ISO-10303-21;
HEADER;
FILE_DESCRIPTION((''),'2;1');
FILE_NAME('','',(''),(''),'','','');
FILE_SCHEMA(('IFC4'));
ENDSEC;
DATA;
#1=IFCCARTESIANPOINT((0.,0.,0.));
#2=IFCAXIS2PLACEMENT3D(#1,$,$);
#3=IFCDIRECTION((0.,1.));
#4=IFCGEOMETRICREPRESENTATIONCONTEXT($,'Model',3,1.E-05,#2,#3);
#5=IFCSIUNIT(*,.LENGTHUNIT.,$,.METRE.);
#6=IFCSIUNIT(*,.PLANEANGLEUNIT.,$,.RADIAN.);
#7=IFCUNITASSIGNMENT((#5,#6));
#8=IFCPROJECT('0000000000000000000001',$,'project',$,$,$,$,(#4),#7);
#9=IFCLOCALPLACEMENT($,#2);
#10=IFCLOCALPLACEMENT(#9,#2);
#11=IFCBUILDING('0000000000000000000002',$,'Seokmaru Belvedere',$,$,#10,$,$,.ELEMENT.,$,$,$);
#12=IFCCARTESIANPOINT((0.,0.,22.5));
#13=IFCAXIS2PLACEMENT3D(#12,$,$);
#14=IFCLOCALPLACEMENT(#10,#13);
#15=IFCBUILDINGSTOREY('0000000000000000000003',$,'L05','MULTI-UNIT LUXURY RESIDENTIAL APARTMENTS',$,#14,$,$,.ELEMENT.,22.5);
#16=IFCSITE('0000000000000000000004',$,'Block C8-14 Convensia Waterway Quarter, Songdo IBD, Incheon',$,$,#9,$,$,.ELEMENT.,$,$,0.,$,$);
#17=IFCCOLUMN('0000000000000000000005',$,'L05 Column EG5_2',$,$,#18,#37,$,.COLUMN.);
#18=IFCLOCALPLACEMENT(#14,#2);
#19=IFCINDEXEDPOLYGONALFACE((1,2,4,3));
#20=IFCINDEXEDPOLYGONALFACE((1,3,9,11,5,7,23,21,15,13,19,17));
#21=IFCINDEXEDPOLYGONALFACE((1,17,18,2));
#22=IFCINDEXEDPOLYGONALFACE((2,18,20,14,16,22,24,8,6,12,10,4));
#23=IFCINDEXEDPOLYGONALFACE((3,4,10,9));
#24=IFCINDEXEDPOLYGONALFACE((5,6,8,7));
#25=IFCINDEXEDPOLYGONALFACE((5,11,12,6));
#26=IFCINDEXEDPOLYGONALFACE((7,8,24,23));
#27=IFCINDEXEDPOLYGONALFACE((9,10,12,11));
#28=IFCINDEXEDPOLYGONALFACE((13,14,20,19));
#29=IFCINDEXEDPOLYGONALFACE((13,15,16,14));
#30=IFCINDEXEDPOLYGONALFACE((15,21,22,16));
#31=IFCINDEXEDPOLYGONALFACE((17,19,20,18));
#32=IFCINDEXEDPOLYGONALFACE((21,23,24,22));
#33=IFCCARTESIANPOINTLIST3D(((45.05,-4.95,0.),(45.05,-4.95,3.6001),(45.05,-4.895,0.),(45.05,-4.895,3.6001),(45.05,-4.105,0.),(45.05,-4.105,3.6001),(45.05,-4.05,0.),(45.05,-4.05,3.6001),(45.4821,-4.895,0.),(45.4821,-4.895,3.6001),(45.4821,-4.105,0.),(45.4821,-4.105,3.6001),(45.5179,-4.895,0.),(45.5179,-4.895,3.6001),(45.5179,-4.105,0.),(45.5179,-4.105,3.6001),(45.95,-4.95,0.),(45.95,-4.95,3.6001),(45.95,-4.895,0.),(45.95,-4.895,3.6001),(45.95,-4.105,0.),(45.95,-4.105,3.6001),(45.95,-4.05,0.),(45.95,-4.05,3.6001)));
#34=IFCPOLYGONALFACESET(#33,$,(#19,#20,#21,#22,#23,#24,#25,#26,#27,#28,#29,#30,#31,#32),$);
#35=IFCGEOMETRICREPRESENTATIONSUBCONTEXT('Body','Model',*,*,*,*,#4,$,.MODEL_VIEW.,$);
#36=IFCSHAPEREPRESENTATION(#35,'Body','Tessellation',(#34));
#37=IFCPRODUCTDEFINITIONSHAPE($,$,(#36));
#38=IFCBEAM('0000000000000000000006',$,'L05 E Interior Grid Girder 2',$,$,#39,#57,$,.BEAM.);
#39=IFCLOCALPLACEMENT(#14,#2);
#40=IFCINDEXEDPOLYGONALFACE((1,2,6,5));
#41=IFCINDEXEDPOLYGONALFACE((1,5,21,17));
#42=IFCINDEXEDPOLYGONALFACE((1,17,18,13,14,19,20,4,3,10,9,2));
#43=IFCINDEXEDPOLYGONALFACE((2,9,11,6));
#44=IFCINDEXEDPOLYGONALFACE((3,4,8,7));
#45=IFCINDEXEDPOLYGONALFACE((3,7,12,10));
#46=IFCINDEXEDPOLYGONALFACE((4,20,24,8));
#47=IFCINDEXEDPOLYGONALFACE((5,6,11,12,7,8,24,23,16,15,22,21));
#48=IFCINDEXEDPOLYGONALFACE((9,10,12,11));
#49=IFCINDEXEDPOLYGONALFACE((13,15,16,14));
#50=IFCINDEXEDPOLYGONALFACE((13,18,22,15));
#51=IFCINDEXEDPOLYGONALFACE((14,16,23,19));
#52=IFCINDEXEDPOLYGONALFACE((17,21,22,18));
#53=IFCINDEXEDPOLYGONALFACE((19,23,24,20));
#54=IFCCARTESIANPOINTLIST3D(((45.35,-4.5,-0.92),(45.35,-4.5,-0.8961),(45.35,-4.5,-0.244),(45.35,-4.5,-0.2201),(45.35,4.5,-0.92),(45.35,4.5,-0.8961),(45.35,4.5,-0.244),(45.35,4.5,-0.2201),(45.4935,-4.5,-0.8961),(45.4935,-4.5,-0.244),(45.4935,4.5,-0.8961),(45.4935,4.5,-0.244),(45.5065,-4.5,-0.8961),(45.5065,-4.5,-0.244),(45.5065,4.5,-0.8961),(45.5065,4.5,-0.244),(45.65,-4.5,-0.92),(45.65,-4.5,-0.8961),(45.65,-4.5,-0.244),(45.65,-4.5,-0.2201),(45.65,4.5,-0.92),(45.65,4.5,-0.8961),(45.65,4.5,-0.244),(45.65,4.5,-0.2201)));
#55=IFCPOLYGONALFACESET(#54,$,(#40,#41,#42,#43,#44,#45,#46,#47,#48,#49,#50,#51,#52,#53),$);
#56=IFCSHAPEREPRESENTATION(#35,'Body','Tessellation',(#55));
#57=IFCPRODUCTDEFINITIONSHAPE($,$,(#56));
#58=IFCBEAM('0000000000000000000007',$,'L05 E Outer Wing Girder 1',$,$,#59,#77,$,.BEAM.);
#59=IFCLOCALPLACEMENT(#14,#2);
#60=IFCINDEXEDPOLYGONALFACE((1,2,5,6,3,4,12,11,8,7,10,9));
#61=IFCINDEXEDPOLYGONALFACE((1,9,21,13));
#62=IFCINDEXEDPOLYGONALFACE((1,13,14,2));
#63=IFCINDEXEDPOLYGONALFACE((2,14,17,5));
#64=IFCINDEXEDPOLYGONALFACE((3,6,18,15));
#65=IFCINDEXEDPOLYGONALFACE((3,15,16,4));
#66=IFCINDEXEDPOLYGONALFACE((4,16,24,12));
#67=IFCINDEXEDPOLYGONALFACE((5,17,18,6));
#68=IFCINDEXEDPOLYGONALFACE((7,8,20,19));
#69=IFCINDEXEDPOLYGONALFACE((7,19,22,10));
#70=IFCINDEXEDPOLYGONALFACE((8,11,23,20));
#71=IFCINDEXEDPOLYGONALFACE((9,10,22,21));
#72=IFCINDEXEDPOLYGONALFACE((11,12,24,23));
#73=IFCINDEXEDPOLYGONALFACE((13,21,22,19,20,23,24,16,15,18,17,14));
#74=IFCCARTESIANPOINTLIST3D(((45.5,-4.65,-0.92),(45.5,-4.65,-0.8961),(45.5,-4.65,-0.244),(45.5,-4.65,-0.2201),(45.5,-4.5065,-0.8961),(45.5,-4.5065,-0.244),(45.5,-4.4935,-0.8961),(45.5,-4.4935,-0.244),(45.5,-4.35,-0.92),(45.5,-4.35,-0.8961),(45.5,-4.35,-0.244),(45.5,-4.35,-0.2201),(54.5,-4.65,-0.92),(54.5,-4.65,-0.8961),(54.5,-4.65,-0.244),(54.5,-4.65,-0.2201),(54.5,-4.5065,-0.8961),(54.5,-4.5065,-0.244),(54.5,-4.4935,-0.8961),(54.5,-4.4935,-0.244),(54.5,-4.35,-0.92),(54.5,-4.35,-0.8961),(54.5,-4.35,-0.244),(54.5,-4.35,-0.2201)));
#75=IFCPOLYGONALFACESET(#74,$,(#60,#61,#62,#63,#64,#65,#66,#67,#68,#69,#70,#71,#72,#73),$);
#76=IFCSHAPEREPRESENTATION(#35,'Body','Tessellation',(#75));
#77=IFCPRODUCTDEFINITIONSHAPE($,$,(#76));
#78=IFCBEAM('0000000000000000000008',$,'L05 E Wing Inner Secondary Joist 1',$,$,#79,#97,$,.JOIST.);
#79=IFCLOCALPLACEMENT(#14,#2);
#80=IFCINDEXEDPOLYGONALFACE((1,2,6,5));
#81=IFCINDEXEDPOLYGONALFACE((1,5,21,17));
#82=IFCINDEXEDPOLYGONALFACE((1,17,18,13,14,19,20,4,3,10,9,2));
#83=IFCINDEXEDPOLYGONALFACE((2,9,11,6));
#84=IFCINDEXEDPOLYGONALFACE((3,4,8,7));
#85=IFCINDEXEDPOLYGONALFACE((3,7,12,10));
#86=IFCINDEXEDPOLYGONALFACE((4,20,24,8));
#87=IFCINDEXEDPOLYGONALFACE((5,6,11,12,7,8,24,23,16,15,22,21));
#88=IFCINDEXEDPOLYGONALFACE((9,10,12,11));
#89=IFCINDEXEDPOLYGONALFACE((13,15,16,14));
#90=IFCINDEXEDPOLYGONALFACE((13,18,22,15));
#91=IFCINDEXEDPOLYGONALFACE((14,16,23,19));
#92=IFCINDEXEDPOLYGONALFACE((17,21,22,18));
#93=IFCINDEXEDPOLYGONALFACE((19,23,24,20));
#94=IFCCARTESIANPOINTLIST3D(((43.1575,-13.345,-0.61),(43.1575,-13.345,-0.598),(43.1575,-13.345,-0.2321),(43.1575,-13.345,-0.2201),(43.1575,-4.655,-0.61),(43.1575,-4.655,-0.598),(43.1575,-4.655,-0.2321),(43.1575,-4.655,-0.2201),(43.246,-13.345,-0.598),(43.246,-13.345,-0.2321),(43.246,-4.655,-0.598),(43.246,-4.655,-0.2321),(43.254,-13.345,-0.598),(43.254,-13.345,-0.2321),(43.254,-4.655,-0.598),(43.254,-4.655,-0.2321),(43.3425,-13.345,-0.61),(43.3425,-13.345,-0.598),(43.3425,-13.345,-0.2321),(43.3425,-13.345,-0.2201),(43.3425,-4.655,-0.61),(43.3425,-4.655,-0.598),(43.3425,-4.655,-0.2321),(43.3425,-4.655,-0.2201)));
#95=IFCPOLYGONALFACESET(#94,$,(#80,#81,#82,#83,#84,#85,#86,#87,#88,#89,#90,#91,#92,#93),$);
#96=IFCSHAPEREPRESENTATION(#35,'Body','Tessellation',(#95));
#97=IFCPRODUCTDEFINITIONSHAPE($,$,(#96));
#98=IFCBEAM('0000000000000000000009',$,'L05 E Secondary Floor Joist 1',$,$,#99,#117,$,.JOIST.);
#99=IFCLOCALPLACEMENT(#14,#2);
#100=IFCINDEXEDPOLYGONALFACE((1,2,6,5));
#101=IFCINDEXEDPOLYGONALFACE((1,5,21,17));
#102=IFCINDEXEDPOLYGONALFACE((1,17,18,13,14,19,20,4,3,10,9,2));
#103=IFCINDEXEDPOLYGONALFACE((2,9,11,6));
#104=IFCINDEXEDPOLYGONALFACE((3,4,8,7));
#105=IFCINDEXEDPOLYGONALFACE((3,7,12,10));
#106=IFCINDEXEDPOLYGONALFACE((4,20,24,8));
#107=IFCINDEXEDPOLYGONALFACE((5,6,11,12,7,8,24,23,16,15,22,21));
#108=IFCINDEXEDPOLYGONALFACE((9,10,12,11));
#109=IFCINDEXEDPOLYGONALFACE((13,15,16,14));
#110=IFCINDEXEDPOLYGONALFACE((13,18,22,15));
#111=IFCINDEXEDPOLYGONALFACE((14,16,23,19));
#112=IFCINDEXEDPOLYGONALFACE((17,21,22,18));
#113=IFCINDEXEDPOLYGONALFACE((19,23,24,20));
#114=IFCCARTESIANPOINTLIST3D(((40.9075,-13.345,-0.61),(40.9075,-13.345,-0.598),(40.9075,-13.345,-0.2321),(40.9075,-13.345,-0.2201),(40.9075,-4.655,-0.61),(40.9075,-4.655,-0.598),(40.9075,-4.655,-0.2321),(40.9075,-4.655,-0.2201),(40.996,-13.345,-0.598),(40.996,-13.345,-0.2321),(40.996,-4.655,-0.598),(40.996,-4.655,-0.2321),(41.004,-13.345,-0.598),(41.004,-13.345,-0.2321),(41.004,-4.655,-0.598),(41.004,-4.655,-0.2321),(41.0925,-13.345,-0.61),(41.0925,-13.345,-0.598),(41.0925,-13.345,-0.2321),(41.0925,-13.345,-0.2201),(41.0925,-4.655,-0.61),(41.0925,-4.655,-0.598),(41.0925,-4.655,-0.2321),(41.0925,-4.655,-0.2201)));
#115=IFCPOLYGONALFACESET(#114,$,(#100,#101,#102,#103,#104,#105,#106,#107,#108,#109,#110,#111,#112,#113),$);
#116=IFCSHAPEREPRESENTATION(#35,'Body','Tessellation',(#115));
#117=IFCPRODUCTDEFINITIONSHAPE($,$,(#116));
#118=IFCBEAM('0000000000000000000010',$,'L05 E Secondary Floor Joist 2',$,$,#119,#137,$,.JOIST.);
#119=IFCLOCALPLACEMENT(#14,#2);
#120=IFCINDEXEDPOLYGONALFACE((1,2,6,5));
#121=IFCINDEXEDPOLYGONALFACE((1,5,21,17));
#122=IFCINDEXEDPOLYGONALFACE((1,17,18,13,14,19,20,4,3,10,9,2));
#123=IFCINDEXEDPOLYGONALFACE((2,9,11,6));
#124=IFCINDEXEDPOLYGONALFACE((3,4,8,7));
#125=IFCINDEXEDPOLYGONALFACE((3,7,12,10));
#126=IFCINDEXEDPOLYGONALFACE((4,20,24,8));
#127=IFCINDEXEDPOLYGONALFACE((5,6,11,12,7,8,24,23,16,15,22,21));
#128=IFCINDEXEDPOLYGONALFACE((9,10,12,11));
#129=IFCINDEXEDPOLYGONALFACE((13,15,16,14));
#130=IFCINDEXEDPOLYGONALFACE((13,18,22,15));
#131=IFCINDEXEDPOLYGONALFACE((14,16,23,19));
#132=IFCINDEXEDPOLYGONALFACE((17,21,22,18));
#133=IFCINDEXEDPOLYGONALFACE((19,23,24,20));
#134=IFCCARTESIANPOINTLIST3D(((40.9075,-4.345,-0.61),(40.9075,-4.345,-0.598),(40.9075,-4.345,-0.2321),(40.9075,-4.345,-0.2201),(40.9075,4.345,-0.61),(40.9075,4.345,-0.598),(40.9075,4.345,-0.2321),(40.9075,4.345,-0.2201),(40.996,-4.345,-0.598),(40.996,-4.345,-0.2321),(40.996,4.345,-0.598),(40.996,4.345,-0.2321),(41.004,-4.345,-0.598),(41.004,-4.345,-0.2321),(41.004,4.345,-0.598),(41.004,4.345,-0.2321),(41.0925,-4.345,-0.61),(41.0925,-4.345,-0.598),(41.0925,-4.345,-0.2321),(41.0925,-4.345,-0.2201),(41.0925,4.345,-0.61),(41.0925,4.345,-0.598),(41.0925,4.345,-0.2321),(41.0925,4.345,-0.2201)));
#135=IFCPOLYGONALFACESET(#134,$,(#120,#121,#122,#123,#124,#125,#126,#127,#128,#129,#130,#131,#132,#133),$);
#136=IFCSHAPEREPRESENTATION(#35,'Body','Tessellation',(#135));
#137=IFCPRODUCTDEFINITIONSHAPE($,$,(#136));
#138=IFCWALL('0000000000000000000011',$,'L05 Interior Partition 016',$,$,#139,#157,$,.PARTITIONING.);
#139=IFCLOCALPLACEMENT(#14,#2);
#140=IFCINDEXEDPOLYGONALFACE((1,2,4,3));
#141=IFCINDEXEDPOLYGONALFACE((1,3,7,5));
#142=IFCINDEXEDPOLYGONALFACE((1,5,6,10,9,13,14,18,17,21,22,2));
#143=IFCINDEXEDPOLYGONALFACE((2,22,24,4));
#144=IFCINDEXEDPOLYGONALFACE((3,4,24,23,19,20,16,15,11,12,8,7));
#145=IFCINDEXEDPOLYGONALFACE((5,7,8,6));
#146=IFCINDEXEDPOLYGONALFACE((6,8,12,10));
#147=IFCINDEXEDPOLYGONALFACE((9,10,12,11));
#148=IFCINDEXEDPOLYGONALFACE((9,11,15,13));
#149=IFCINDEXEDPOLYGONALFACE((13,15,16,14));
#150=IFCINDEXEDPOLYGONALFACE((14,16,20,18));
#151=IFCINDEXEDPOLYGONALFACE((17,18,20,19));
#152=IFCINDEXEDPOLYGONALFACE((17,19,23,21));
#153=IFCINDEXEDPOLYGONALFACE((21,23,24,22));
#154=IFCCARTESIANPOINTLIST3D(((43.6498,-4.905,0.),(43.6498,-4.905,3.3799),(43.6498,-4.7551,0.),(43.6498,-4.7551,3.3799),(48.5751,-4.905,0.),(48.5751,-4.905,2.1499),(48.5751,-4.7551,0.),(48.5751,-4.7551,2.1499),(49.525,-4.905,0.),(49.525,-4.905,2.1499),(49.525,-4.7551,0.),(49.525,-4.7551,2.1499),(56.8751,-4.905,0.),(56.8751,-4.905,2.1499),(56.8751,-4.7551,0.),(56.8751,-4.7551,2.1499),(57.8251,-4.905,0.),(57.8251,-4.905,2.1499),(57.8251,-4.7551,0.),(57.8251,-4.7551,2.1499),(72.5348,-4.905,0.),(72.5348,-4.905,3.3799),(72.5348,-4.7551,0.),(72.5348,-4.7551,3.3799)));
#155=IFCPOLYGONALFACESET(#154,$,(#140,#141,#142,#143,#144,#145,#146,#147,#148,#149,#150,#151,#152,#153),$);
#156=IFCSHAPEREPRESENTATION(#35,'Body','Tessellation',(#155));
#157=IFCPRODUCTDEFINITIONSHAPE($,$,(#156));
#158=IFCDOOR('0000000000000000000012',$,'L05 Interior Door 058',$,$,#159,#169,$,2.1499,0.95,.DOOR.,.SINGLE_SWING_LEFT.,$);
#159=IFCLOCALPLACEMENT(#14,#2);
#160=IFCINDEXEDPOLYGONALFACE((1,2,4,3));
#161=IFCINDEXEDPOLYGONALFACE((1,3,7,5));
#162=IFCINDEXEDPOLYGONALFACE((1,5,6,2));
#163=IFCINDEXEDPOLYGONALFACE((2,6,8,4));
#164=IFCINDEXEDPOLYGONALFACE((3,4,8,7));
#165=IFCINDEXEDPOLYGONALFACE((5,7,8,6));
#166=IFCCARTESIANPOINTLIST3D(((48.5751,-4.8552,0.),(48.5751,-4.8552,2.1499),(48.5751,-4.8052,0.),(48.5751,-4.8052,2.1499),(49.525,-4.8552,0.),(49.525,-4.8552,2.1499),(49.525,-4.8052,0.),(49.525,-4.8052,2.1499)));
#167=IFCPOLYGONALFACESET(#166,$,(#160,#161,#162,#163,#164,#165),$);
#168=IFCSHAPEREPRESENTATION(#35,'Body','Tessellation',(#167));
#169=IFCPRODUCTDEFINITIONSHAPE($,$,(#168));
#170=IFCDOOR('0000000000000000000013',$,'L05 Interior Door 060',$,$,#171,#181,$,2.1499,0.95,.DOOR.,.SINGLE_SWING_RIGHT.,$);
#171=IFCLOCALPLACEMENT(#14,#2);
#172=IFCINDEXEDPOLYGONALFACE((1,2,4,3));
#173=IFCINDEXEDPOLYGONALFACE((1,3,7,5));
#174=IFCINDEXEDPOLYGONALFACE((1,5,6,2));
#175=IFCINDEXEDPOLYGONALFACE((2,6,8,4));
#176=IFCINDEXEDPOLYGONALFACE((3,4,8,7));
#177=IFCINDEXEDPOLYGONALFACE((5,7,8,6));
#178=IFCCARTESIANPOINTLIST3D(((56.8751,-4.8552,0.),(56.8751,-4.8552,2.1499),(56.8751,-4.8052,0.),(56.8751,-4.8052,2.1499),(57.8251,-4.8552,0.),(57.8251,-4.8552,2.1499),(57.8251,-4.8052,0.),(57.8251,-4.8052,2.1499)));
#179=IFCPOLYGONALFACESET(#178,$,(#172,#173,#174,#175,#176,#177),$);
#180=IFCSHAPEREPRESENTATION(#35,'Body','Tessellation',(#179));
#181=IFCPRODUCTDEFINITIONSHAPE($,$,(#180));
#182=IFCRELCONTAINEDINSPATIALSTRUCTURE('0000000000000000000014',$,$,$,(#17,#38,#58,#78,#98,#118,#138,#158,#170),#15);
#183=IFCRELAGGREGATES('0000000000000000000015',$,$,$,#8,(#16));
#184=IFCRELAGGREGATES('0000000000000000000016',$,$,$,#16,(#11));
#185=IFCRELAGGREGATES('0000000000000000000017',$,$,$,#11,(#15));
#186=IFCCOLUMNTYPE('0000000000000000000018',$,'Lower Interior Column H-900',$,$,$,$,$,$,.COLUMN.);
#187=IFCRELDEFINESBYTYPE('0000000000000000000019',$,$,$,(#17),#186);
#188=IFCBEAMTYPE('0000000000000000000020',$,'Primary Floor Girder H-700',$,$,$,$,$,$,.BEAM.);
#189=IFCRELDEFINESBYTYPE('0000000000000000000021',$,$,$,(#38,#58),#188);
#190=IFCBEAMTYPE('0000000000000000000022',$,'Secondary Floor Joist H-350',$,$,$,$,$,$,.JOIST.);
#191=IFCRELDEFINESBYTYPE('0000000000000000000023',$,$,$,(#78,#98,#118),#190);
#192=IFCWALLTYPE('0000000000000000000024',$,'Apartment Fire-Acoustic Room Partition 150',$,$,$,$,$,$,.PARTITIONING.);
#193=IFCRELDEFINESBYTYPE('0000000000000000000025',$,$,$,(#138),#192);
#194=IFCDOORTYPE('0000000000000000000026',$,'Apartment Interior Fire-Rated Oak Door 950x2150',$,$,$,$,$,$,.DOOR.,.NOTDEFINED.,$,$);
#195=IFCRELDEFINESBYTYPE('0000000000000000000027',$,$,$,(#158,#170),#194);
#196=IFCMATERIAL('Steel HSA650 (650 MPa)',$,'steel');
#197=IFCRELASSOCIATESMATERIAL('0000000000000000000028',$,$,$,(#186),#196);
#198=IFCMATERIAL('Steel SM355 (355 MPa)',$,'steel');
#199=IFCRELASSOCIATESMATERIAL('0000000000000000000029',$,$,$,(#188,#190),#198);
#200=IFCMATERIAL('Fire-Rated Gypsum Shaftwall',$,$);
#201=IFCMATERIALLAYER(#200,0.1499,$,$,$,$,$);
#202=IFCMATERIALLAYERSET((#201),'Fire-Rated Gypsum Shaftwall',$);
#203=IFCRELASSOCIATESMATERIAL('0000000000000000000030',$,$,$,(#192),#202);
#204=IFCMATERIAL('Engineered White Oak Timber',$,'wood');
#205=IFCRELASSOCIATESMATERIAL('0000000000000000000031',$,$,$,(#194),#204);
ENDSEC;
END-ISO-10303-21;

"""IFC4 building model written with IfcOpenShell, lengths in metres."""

from ifc_helpers import new_model, si_unit, direction, frame, frame_2d, origin, origin_2d, place, context, subcontext, project, spatial, rectangle, i_section, extrude, source, transform, mapped, material, layer, layer_set, material_profile, profile_set, type_object, type_shapes, element, fill, save


model = new_model("IFC4")

# Units and contexts
model_context = context("Model", 3, precision=1e-05, world=origin(), true_north=direction((0.0, 1.0)))
body_context = subcontext(model_context, "Body", "Model", "MODEL_VIEW")
ifc_project = project(units=[si_unit("LENGTHUNIT", "METRE"), si_unit("PLANEANGLEUNIT", "RADIAN")], contexts=[model_context])

# Site, building, storey
site_placement = place(None, origin())
site = spatial("IfcSite", under=ifc_project, at=site_placement, Name="Block C8-14 Convensia Waterway Quarter, Songdo IBD, Incheon", CompositionType="ELEMENT", RefElevation=0.0)
building_placement = place(site_placement, origin())
building = spatial("IfcBuilding", under=site, at=building_placement, Name="Seokmaru Belvedere", CompositionType="ELEMENT")
storey_placement = place(building_placement, frame((0.0, 0.0, 22.5)))
storey = spatial("IfcBuildingStorey", under=building, at=storey_placement, Name="L05", Description="MULTI-UNIT LUXURY RESIDENTIAL APARTMENTS", CompositionType="ELEMENT", Elevation=22.5)

# Column
ifc_material_1 = material(Name="Steel HSA650 (650 MPa)", Category="steel")
ifc_material_profile_1 = material_profile(ifc_material_1, i_section(OverallWidth=0.8999, OverallDepth=0.8999, WebThickness=0.0359, FlangeThickness=0.0549, at=origin_2d()), Name="H-900x900x36x55")
ifc_profile_set_1 = profile_set([ifc_material_profile_1], Name="Steel HSA650 (650 MPa)")
column_type = type_object("IfcColumnType", Name="Lower Interior Column H-900", PredefinedType="COLUMN", material=ifc_profile_set_1)
shared_shape_1 = source(origin(), body_context, "Body", "SweptSolid", [
    extrude(i_section(OverallWidth=0.8999, OverallDepth=0.8999, WebThickness=0.0359, FlangeThickness=0.0549, at=origin_2d()), origin(), (0.0, 0.0, 1.0), 3.6001),
])
type_shapes(column_type, [shared_shape_1])
column_placement = place(storey_placement, frame((45.5, -4.5, 0.0), z_axis=(0.0, 0.0, 1.0), x_axis=(1.0, 0.0, 0.0)))
element("IfcColumn", 1, at=column_placement, inside=storey, type_object=column_type, Name="L05 Column EG5_2", PredefinedType="COLUMN", context=body_context, shape_type="MappedRepresentation", body=[
    mapped(shared_shape_1, transform((0.0, 0.0, 0.0), scale=1.0)),
])

# Beams
ifc_material_2 = material(Name="Steel SM355 (355 MPa)", Category="steel")
ifc_material_profile_2 = material_profile(ifc_material_2, i_section(OverallWidth=0.3, OverallDepth=0.7, WebThickness=0.0129, FlangeThickness=0.0239, at=origin_2d()), Name="H-700x300x13x24")
ifc_profile_set_2 = profile_set([ifc_material_profile_2], Name="Steel SM355 (355 MPa)")
beam_type_1 = type_object("IfcBeamType", Name="Primary Floor Girder H-700", PredefinedType="BEAM", material=ifc_profile_set_2)
shared_shape_2 = source(origin(), body_context, "Body", "SweptSolid", [
    extrude(i_section(OverallWidth=0.3, OverallDepth=0.7, WebThickness=0.0129, FlangeThickness=0.0239, at=origin_2d()), origin(), (0.0, 0.0, 1.0), 9.0),
])
type_shapes(beam_type_1, [shared_shape_2])
for number, where, z_axis, x_axis, name in (
    (2, (45.5, -4.5, -0.5701), (0.0, 1.0, 0.0), (-1.0, 0.0, 0.0), "L05 E Interior Grid Girder 2"),
    (3, (45.5, -4.5, -0.5701), (1.0, 0.0, 0.0), (0.0, 1.0, 0.0), "L05 E Outer Wing Girder 1"),
):
    element("IfcBeam", number, at=place(storey_placement, frame(where, z_axis=z_axis, x_axis=x_axis)), inside=storey, type_object=beam_type_1, Name=name, PredefinedType="BEAM", context=body_context, shape_type="MappedRepresentation", body=[
        mapped(shared_shape_2, transform((0.0, 0.0, 0.0), scale=1.0)),
    ])
ifc_material_profile_3 = material_profile(ifc_material_2, i_section(OverallWidth=0.1851, OverallDepth=0.3899, WebThickness=0.0081, FlangeThickness=0.012, at=origin_2d()), Name="H-390x185x8x12")
ifc_profile_set_3 = profile_set([ifc_material_profile_3], Name="Steel SM355 (355 MPa)")
beam_type_2 = type_object("IfcBeamType", Name="Secondary Floor Joist H-350", PredefinedType="JOIST", material=ifc_profile_set_3)
shared_shape_3 = source(origin(), body_context, "Body", "SweptSolid", [
    extrude(i_section(OverallWidth=0.1851, OverallDepth=0.3899, WebThickness=0.0081, FlangeThickness=0.012, at=origin_2d()), origin(), (0.0, 0.0, 1.0), 8.6899),
])
type_shapes(beam_type_2, [shared_shape_3])
for number, where, z_axis, x_axis, name in (
    (4, (43.25, -13.345, -0.415), (0.0, 1.0, 0.0), (-1.0, 0.0, 0.0), "L05 E Wing Inner Secondary Joist 1"),
    (5, (41.0, -13.345, -0.415), (0.0, 1.0, 0.0), (-1.0, 0.0, 0.0), "L05 E Secondary Floor Joist 1"),
    (6, (41.0, -4.345, -0.415), (0.0, 1.0, 0.0), (-1.0, 0.0, 0.0), "L05 E Secondary Floor Joist 2"),
):
    element("IfcBeam", number, at=place(storey_placement, frame(where, z_axis=z_axis, x_axis=x_axis)), inside=storey, type_object=beam_type_2, Name=name, PredefinedType="JOIST", context=body_context, shape_type="MappedRepresentation", body=[
        mapped(shared_shape_3, transform((0.0, 0.0, 0.0), scale=1.0)),
    ])

# Wall, openings, doors
ifc_material_3 = material(Name="Fire-Rated Gypsum Shaftwall")
ifc_layer_1 = layer(ifc_material_3, 0.1499)
ifc_layer_set_1 = layer_set([ifc_layer_1], Name="Fire-Rated Gypsum Shaftwall")
wall_type_1 = type_object("IfcWallType", Name="Apartment Fire-Acoustic Room Partition 150", PredefinedType="PARTITIONING", material=ifc_layer_set_1)
wall_1_placement = place(storey_placement, frame((43.6499, -4.8301, 0.0), z_axis=(0.0, 0.0, 1.0), x_axis=(1.0, 0.0, 0.0)))
wall_1 = element("IfcWall", 7, at=wall_1_placement, inside=storey, type_object=wall_type_1, Name="L05 Interior Partition 016", PredefinedType="PARTITIONING", context=body_context, shape_type="SweptSolid", body=[
    extrude(rectangle(XDim=28.885, YDim=0.1499, at=frame_2d((14.4424, 0.0))), origin(), (0.0, 0.0, 1.0), 3.3799),
])
opening_1_placement = place(wall_1_placement, frame((4.925, 0.0, 0.0)))
opening_1 = element("IfcOpeningElement", 8, at=opening_1_placement, cuts=wall_1, PredefinedType="OPENING", context=body_context, shape_type="SweptSolid", body=[
    extrude(rectangle(XDim=0.95, YDim=2.1499, at=frame_2d((0.4751, 1.075))), frame((0.0, 0.085, 0.0), z_axis=(0.0, -1.0, 0.0), x_axis=(1.0, 0.0, 0.0)), (0.0, 0.0, 1.0), 0.1699),
])
opening_2_placement = place(wall_1_placement, frame((13.2251, 0.0, 0.0)))
opening_2 = element("IfcOpeningElement", 9, at=opening_2_placement, cuts=wall_1, PredefinedType="OPENING", context=body_context, shape_type="SweptSolid", body=[
    extrude(rectangle(XDim=0.95, YDim=2.1499, at=frame_2d((0.4751, 1.075))), frame((0.0, 0.085, 0.0), z_axis=(0.0, -1.0, 0.0), x_axis=(1.0, 0.0, 0.0)), (0.0, 0.0, 1.0), 0.1699),
])
ifc_material_4 = material(Name="Engineered White Oak Timber", Category="wood")
door_type_1 = type_object("IfcDoorType", Name="Apartment Interior Fire-Rated Oak Door 950x2150", OperationType="NOTDEFINED", PredefinedType="DOOR", material=ifc_material_4)
shared_shape_4 = source(origin(), body_context, "Body", "SweptSolid", [
    extrude(rectangle(XDim=0.95, YDim=2.1499, at=frame_2d((0.4751, 1.075))), frame((0.0, 0.0249, 0.0), z_axis=(0.0, -1.0, 0.0), x_axis=(1.0, 0.0, 0.0)), (0.0, 0.0, 1.0), 0.05),
])
type_shapes(door_type_1, [shared_shape_4])
door_1_placement = place(opening_1_placement, origin())
door_1 = element("IfcDoor", 10, at=door_1_placement, inside=storey, type_object=door_type_1, Name="L05 Interior Door 058", OperationType="SINGLE_SWING_LEFT", OverallHeight=2.1499, OverallWidth=0.95, PredefinedType="DOOR", context=body_context, shape_type="MappedRepresentation", body=[
    mapped(shared_shape_4, transform((0.0, 0.0, 0.0), scale=1.0)),
])
fill(opening_1, door_1)
door_2_placement = place(opening_2_placement, origin())
door_2 = element("IfcDoor", 11, at=door_2_placement, inside=storey, type_object=door_type_1, Name="L05 Interior Door 060", OperationType="SINGLE_SWING_RIGHT", OverallHeight=2.1499, OverallWidth=0.95, PredefinedType="DOOR", context=body_context, shape_type="MappedRepresentation", body=[
    mapped(shared_shape_4, transform((0.0, 0.0, 0.0), scale=1.0)),
])
fill(opening_2, door_2)

save(model, "model.ifc")
